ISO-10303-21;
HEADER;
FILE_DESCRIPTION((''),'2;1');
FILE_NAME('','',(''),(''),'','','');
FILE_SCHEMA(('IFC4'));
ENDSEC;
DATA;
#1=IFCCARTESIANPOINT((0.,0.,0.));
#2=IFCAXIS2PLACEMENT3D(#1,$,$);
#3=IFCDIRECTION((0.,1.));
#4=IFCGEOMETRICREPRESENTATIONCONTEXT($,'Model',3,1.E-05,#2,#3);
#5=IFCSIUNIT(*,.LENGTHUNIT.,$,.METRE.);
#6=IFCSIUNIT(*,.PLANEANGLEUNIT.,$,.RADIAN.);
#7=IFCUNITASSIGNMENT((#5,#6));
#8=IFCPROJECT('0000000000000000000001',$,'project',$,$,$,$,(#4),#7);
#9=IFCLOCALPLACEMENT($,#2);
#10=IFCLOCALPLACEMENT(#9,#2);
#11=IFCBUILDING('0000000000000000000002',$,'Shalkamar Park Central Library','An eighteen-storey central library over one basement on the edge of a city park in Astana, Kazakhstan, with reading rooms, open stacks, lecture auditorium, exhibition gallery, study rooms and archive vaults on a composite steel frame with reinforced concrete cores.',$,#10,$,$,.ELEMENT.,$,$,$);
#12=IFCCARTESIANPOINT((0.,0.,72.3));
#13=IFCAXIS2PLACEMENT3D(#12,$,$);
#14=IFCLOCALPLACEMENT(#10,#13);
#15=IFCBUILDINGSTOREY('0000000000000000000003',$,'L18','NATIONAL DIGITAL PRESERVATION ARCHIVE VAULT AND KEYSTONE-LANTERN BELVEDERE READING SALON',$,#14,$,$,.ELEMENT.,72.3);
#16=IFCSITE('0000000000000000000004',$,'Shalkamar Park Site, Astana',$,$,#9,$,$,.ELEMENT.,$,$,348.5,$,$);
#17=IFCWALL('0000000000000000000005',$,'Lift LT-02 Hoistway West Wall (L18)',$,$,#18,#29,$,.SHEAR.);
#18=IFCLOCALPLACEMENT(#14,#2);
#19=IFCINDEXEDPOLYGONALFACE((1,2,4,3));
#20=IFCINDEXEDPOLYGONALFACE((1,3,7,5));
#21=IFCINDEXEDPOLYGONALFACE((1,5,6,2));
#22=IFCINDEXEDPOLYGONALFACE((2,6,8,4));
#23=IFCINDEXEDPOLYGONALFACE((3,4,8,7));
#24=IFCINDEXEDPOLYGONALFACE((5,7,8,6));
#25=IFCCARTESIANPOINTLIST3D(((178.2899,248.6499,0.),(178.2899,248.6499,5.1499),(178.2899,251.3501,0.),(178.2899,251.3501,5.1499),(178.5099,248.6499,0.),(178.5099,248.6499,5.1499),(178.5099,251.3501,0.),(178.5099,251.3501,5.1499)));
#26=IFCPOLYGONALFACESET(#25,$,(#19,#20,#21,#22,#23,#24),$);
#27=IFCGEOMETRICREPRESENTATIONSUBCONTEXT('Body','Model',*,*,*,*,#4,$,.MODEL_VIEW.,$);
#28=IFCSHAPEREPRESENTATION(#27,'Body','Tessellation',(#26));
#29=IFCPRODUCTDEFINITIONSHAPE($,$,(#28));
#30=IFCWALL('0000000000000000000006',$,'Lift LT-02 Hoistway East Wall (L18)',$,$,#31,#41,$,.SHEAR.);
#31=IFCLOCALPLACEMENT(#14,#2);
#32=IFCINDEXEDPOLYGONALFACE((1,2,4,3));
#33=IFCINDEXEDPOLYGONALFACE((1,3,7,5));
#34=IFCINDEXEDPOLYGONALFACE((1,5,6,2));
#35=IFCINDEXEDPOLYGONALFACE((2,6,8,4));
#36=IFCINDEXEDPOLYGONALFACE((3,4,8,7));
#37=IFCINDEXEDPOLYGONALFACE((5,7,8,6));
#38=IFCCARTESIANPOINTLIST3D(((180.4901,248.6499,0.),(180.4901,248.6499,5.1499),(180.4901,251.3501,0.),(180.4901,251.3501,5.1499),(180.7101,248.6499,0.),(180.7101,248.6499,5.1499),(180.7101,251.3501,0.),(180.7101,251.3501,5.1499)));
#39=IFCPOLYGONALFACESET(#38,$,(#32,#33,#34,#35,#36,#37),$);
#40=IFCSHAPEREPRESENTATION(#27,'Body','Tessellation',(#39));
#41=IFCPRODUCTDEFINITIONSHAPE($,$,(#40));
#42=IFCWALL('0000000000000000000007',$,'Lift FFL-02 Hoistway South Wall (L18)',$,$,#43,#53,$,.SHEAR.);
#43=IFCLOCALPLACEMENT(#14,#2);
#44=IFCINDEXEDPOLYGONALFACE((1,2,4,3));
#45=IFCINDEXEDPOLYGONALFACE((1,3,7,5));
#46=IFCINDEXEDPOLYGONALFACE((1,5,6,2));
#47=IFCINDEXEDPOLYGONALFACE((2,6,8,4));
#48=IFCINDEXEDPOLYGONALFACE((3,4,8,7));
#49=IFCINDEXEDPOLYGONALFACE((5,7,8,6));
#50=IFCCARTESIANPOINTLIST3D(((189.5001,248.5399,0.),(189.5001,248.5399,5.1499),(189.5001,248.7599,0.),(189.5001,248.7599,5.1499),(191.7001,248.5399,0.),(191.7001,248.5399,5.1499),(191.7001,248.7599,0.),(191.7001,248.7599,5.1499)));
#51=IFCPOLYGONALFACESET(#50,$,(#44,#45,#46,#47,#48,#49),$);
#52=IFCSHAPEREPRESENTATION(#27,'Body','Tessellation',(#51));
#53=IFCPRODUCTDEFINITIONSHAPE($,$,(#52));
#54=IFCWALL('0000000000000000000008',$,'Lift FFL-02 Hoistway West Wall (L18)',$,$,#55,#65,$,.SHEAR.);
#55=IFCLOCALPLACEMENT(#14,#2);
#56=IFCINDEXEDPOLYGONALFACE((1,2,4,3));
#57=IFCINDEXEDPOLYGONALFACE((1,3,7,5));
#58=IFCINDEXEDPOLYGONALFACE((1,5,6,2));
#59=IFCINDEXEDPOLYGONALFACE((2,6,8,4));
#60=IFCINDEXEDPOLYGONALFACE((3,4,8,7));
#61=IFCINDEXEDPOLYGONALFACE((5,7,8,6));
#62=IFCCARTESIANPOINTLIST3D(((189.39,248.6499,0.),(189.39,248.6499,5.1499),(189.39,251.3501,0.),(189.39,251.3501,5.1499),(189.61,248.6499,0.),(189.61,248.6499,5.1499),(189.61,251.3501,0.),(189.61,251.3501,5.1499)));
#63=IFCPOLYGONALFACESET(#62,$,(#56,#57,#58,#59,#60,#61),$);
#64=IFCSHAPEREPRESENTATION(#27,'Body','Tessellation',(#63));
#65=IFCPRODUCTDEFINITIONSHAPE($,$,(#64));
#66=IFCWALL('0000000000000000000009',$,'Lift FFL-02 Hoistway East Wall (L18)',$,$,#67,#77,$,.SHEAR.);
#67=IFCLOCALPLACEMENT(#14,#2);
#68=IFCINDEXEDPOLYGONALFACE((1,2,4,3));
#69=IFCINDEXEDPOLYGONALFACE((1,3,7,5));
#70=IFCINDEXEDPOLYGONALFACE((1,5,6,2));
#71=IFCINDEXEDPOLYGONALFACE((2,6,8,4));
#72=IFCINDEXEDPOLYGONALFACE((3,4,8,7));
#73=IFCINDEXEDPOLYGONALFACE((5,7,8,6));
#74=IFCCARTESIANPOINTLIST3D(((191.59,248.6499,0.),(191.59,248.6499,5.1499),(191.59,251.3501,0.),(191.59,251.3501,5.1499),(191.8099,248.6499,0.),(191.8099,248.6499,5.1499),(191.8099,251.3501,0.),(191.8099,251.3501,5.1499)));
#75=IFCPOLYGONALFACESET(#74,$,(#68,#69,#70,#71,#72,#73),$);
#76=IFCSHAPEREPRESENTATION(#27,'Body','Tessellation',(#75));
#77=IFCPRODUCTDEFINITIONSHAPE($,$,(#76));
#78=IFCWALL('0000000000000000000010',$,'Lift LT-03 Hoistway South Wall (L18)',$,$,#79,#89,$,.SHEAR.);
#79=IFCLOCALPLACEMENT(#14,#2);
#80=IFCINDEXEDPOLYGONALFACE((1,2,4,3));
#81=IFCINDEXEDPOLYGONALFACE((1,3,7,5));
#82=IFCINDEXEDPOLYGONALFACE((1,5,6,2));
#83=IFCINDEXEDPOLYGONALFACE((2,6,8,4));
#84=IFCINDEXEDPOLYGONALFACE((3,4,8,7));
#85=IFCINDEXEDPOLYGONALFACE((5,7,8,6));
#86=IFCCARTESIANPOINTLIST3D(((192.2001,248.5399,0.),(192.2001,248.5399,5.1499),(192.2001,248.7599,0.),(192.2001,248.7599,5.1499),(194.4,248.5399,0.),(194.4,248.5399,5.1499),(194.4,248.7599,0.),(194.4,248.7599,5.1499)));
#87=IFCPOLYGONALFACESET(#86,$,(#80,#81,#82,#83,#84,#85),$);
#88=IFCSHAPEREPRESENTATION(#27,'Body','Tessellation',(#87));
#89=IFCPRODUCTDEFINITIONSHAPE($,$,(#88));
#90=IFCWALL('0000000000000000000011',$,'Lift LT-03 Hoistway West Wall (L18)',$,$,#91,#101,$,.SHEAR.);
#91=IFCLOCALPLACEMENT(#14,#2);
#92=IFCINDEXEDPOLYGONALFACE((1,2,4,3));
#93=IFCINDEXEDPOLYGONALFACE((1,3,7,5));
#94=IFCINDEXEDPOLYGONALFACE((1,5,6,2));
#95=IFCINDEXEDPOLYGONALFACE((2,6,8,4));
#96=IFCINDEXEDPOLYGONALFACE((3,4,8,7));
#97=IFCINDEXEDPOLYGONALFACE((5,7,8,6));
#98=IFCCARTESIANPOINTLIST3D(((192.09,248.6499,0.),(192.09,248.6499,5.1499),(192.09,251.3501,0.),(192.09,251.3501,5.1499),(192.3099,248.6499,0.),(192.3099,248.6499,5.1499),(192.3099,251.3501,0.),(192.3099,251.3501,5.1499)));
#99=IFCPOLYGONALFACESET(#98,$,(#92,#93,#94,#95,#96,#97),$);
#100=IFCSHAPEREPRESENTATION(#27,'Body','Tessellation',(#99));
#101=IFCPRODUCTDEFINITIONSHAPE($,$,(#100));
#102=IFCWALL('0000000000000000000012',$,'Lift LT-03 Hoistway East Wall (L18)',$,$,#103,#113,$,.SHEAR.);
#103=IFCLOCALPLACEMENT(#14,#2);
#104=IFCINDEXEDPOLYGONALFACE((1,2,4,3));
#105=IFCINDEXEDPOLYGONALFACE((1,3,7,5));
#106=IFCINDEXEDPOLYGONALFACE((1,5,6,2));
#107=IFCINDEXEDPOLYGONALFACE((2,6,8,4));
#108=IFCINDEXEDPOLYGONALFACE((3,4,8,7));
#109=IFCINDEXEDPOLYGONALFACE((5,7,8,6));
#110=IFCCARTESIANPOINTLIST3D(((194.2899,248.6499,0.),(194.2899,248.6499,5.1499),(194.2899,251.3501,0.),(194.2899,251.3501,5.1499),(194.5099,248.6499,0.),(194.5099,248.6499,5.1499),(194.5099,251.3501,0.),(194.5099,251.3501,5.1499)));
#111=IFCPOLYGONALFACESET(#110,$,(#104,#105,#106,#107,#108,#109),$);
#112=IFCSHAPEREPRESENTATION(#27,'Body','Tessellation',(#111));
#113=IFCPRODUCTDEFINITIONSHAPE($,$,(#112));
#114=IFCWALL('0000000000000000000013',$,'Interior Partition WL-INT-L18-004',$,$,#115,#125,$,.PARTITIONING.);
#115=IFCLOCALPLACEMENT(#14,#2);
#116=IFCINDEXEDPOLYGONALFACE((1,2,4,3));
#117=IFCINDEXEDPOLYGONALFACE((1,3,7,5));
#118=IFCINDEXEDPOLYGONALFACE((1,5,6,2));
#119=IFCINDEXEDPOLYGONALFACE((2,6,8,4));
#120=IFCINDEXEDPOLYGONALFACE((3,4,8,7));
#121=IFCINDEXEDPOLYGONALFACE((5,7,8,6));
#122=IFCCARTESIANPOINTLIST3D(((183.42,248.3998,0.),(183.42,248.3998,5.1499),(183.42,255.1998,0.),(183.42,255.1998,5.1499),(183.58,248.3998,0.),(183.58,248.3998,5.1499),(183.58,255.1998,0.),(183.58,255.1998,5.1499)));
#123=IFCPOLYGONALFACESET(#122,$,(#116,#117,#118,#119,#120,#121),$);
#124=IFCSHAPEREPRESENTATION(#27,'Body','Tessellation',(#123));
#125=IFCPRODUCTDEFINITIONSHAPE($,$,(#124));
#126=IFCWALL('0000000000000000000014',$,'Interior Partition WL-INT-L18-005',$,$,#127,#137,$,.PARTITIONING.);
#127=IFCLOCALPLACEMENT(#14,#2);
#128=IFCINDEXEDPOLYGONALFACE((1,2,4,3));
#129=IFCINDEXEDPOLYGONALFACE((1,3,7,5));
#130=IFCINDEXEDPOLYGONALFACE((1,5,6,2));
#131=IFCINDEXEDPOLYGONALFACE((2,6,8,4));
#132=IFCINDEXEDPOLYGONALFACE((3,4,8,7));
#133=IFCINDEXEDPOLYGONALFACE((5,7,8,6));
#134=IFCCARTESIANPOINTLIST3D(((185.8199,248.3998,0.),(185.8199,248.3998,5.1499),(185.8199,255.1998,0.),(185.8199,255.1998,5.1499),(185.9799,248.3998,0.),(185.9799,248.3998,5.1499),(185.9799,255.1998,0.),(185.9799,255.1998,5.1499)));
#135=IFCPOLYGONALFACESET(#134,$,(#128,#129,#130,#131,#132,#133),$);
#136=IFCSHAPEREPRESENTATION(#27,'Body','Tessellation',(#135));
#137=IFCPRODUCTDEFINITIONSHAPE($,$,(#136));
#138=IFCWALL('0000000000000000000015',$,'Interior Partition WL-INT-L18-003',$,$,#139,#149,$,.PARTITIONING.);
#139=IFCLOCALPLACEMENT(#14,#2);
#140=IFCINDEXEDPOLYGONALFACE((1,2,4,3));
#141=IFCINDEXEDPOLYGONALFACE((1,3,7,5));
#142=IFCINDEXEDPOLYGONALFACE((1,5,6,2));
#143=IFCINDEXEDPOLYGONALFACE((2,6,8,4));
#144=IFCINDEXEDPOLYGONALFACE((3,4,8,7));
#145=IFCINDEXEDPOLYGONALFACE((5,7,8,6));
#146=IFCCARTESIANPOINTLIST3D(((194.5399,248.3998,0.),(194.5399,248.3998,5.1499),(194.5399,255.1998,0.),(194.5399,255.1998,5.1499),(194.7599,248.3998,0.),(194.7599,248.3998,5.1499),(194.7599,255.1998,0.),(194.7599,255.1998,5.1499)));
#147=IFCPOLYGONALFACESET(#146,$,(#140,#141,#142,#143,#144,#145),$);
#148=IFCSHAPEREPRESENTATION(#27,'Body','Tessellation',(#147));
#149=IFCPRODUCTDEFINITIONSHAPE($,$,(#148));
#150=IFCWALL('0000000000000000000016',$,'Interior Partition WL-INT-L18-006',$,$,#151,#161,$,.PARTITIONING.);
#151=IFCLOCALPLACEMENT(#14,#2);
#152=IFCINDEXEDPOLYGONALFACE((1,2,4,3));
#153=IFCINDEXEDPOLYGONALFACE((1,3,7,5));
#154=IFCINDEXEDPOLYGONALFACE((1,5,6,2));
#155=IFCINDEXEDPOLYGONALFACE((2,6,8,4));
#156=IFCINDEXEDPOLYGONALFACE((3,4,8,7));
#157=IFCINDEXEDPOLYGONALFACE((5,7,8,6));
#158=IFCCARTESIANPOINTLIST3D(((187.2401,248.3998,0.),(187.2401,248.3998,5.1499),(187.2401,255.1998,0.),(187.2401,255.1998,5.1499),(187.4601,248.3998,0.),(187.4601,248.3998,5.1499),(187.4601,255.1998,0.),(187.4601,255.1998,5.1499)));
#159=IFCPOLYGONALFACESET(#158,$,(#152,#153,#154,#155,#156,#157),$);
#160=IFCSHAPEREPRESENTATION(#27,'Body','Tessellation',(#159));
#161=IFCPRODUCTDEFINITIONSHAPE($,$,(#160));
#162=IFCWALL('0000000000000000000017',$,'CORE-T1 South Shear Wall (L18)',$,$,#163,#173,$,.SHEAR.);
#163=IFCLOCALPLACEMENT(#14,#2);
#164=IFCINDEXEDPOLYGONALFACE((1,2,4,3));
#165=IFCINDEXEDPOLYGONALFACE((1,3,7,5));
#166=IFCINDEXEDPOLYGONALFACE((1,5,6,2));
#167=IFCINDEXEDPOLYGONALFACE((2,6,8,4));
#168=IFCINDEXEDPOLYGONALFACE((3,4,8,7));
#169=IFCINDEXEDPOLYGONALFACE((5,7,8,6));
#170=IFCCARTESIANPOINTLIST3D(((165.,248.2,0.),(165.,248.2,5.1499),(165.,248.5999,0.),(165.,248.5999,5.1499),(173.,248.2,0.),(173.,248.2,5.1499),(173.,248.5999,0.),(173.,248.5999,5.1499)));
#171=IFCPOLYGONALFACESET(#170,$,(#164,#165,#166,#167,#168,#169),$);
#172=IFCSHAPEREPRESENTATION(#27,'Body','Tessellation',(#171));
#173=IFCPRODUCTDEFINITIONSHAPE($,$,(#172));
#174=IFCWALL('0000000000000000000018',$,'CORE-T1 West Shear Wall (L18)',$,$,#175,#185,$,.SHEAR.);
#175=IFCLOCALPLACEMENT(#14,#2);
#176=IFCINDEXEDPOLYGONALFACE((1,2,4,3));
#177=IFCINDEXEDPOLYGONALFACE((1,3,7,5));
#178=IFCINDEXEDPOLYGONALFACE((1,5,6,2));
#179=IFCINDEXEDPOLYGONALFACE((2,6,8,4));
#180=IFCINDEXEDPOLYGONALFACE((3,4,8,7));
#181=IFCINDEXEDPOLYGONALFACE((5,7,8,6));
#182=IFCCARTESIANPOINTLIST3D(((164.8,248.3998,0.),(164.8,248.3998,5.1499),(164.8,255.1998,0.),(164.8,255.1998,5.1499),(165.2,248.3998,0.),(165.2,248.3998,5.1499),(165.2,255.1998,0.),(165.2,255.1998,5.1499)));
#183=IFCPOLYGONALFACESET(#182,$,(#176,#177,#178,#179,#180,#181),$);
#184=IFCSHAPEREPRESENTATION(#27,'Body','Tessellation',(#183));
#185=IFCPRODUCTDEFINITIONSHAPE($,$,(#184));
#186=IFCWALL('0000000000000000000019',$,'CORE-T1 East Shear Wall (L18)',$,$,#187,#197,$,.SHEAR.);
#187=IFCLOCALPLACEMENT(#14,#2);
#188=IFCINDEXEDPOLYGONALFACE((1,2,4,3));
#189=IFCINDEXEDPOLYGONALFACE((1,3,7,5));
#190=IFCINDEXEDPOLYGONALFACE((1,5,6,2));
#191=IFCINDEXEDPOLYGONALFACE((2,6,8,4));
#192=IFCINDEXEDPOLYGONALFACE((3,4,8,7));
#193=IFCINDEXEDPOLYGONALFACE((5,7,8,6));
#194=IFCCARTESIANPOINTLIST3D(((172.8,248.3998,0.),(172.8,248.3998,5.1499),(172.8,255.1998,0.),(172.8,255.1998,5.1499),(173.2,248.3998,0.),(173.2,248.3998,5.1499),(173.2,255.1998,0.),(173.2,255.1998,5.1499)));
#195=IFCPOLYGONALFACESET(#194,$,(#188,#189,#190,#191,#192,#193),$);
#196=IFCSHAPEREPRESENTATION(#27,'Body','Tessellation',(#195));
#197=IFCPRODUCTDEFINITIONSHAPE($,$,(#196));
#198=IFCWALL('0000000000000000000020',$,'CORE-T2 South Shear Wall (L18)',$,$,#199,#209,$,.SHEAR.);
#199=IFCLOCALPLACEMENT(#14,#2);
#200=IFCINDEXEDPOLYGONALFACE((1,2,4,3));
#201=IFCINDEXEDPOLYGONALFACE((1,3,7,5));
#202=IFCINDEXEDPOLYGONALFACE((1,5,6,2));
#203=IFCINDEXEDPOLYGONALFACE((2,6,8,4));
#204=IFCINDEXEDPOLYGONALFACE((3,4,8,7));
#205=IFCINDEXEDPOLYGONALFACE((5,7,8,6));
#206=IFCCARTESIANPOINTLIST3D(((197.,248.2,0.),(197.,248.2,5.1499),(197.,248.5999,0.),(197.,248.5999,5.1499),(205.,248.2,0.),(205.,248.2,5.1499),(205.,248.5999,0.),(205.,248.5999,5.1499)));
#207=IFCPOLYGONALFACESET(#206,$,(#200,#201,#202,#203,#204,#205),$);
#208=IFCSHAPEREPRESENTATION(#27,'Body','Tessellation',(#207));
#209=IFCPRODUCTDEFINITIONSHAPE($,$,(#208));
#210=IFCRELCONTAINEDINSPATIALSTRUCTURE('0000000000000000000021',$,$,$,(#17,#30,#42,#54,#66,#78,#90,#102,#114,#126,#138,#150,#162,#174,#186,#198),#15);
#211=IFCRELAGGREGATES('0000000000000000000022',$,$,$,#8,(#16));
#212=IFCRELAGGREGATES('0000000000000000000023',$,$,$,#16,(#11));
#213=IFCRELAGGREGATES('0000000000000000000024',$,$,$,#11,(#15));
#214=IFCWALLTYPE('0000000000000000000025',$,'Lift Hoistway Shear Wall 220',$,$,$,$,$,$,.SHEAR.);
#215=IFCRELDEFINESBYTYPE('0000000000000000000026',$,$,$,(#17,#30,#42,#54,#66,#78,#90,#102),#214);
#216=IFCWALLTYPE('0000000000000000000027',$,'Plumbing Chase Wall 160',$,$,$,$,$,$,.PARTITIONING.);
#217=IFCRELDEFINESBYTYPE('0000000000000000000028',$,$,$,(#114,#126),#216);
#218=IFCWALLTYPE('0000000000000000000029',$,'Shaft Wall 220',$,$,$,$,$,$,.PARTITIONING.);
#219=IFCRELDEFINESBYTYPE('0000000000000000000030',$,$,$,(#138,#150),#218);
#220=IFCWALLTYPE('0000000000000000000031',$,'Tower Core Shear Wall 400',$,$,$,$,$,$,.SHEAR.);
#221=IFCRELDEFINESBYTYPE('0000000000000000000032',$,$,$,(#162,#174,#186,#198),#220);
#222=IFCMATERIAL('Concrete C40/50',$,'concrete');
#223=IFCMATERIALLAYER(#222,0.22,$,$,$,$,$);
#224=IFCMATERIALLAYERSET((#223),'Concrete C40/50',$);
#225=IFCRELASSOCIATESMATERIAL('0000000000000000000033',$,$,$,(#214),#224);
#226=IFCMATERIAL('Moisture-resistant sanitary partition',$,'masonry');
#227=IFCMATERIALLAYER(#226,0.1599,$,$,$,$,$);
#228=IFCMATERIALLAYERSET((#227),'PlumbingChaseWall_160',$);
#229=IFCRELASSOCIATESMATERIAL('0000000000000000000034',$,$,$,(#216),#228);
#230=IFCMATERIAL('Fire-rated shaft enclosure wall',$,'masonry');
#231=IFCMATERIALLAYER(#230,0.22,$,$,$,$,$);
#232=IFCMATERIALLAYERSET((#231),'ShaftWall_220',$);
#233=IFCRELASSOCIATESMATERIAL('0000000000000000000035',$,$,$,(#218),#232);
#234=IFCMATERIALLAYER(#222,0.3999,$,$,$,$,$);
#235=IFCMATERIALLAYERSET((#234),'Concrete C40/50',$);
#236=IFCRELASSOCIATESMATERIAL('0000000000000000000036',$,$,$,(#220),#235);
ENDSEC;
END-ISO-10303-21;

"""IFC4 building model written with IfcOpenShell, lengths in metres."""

from ifc_helpers import new_model, si_unit, direction, frame, frame_2d, origin, place, context, subcontext, project, spatial, rectangle, extrude, material, layer, layer_set, type_object, element, save


model = new_model("IFC4")

# Units and contexts
model_context = context("Model", 3, precision=1e-05, world=origin(), true_north=direction((0.0, 1.0)))
body_context = subcontext(model_context, "Body", "Model", "MODEL_VIEW")
ifc_project = project(units=[si_unit("LENGTHUNIT", "METRE"), si_unit("PLANEANGLEUNIT", "RADIAN")], contexts=[model_context])

# Site, building, storey
site_placement = place(None, origin())
site = spatial("IfcSite", under=ifc_project, at=site_placement, Name="Shalkamar Park Site, Astana", CompositionType="ELEMENT", RefElevation=348.5)
building_placement = place(site_placement, origin())
building = spatial("IfcBuilding", under=site, at=building_placement, Name="Shalkamar Park Central Library", Description="An eighteen-storey central library over one basement on the edge of a city park in Astana, Kazakhstan, with reading rooms, open stacks, lecture auditorium, exhibition gallery, study rooms and archive vaults on a composite steel frame with reinforced concrete cores.", CompositionType="ELEMENT")
storey_placement = place(building_placement, frame((0.0, 0.0, 72.3)))
storey = spatial("IfcBuildingStorey", under=building, at=storey_placement, Name="L18", Description="NATIONAL DIGITAL PRESERVATION ARCHIVE VAULT AND KEYSTONE-LANTERN BELVEDERE READING SALON", CompositionType="ELEMENT", Elevation=72.3)

# Walls
ifc_material_1 = material(Name="Concrete C40/50", Category="concrete")
ifc_layer_1 = layer(ifc_material_1, 0.22)
ifc_layer_set_1 = layer_set([ifc_layer_1], Name="Concrete C40/50")
wall_type_1 = type_object("IfcWallType", Name="Lift Hoistway Shear Wall 220", PredefinedType="SHEAR", material=ifc_layer_set_1)
for number, where, z_axis, x_axis, name in (
    (1, (178.3999, 248.6499, 0.0), (0.0, 0.0, 1.0), (0.0, 1.0, 0.0), "Lift LT-02 Hoistway West Wall (L18)"),
    (2, (180.6001, 248.6499, 0.0), (0.0, 0.0, 1.0), (0.0, 1.0, 0.0), "Lift LT-02 Hoistway East Wall (L18)"),
):
    element("IfcWall", number, at=place(storey_placement, frame(where, z_axis=z_axis, x_axis=x_axis)), inside=storey, type_object=wall_type_1, Name=name, PredefinedType="SHEAR", context=body_context, shape_type="SweptSolid", body=[
        extrude(rectangle(XDim=2.7002, YDim=0.22, at=frame_2d((1.3501, 0.0))), origin(), (0.0, 0.0, 1.0), 5.1499),
    ])
wall_1_placement = place(storey_placement, frame((189.5, 248.6499, 0.0), z_axis=(0.0, 0.0, 1.0), x_axis=(1.0, 0.0, 0.0)))
element("IfcWall", 3, at=wall_1_placement, inside=storey, type_object=wall_type_1, Name="Lift FFL-02 Hoistway South Wall (L18)", PredefinedType="SHEAR", context=body_context, shape_type="SweptSolid", body=[
    extrude(rectangle(XDim=2.2, YDim=0.22, at=frame_2d((1.1001, 0.0))), origin(), (0.0, 0.0, 1.0), 5.1499),
])
for number, where, z_axis, x_axis, name in (
    (4, (189.5, 248.6499, 0.0), (0.0, 0.0, 1.0), (0.0, 1.0, 0.0), "Lift FFL-02 Hoistway West Wall (L18)"),
    (5, (191.7, 248.6499, 0.0), (0.0, 0.0, 1.0), (0.0, 1.0, 0.0), "Lift FFL-02 Hoistway East Wall (L18)"),
):
    element("IfcWall", number, at=place(storey_placement, frame(where, z_axis=z_axis, x_axis=x_axis)), inside=storey, type_object=wall_type_1, Name=name, PredefinedType="SHEAR", context=body_context, shape_type="SweptSolid", body=[
        extrude(rectangle(XDim=2.7002, YDim=0.22, at=frame_2d((1.3501, 0.0))), origin(), (0.0, 0.0, 1.0), 5.1499),
    ])
wall_2_placement = place(storey_placement, frame((192.2, 248.6499, 0.0), z_axis=(0.0, 0.0, 1.0), x_axis=(1.0, 0.0, 0.0)))
element("IfcWall", 6, at=wall_2_placement, inside=storey, type_object=wall_type_1, Name="Lift LT-03 Hoistway South Wall (L18)", PredefinedType="SHEAR", context=body_context, shape_type="SweptSolid", body=[
    extrude(rectangle(XDim=2.2, YDim=0.22, at=frame_2d((1.1001, 0.0))), origin(), (0.0, 0.0, 1.0), 5.1499),
])
for number, where, z_axis, x_axis, name in (
    (7, (192.2, 248.6499, 0.0), (0.0, 0.0, 1.0), (0.0, 1.0, 0.0), "Lift LT-03 Hoistway West Wall (L18)"),
    (8, (194.3999, 248.6499, 0.0), (0.0, 0.0, 1.0), (0.0, 1.0, 0.0), "Lift LT-03 Hoistway East Wall (L18)"),
):
    element("IfcWall", number, at=place(storey_placement, frame(where, z_axis=z_axis, x_axis=x_axis)), inside=storey, type_object=wall_type_1, Name=name, PredefinedType="SHEAR", context=body_context, shape_type="SweptSolid", body=[
        extrude(rectangle(XDim=2.7002, YDim=0.22, at=frame_2d((1.3501, 0.0))), origin(), (0.0, 0.0, 1.0), 5.1499),
    ])
ifc_material_2 = material(Name="Moisture-resistant sanitary partition", Category="masonry")
ifc_layer_2 = layer(ifc_material_2, 0.1599)
ifc_layer_set_2 = layer_set([ifc_layer_2], Name="PlumbingChaseWall_160")
wall_type_2 = type_object("IfcWallType", Name="Plumbing Chase Wall 160", PredefinedType="PARTITIONING", material=ifc_layer_set_2)
for number, where, z_axis, x_axis, name in (
    (9, (183.5, 248.3999, 0.0), (0.0, 0.0, 1.0), (0.0, 1.0, 0.0), "Interior Partition WL-INT-L18-004"),
    (10, (185.8999, 248.3999, 0.0), (0.0, 0.0, 1.0), (0.0, 1.0, 0.0), "Interior Partition WL-INT-L18-005"),
):
    element("IfcWall", number, at=place(storey_placement, frame(where, z_axis=z_axis, x_axis=x_axis)), inside=storey, type_object=wall_type_2, Name=name, PredefinedType="PARTITIONING", context=body_context, shape_type="SweptSolid", body=[
        extrude(rectangle(XDim=6.8, YDim=0.1599, at=frame_2d((3.3999, 0.0))), origin(), (0.0, 0.0, 1.0), 5.1499),
    ])
ifc_material_3 = material(Name="Fire-rated shaft enclosure wall", Category="masonry")
ifc_layer_3 = layer(ifc_material_3, 0.22)
ifc_layer_set_3 = layer_set([ifc_layer_3], Name="ShaftWall_220")
wall_type_3 = type_object("IfcWallType", Name="Shaft Wall 220", PredefinedType="PARTITIONING", material=ifc_layer_set_3)
for number, where, z_axis, x_axis, name in (
    (11, (194.6499, 248.3999, 0.0), (0.0, 0.0, 1.0), (0.0, 1.0, 0.0), "Interior Partition WL-INT-L18-003"),
    (12, (187.3501, 248.3999, 0.0), (0.0, 0.0, 1.0), (0.0, 1.0, 0.0), "Interior Partition WL-INT-L18-006"),
):
    element("IfcWall", number, at=place(storey_placement, frame(where, z_axis=z_axis, x_axis=x_axis)), inside=storey, type_object=wall_type_3, Name=name, PredefinedType="PARTITIONING", context=body_context, shape_type="SweptSolid", body=[
        extrude(rectangle(XDim=6.8, YDim=0.22, at=frame_2d((3.3999, 0.0))), origin(), (0.0, 0.0, 1.0), 5.1499),
    ])
ifc_layer_4 = layer(ifc_material_1, 0.3999)
ifc_layer_set_4 = layer_set([ifc_layer_4], Name="Concrete C40/50")
wall_type_4 = type_object("IfcWallType", Name="Tower Core Shear Wall 400", PredefinedType="SHEAR", material=ifc_layer_set_4)
wall_3_placement = place(storey_placement, frame((165.0, 248.3999, 0.0), z_axis=(0.0, 0.0, 1.0), x_axis=(1.0, 0.0, 0.0)))
element("IfcWall", 13, at=wall_3_placement, inside=storey, type_object=wall_type_4, Name="CORE-T1 South Shear Wall (L18)", PredefinedType="SHEAR", context=body_context, shape_type="SweptSolid", body=[
    extrude(rectangle(XDim=8.0, YDim=0.3999, at=frame_2d((4.0, 0.0))), origin(), (0.0, 0.0, 1.0), 5.1499),
])
for number, where, z_axis, x_axis, name in (
    (14, (165.0, 248.3999, 0.0), (0.0, 0.0, 1.0), (0.0, 1.0, 0.0), "CORE-T1 West Shear Wall (L18)"),
    (15, (173.0, 248.3999, 0.0), (0.0, 0.0, 1.0), (0.0, 1.0, 0.0), "CORE-T1 East Shear Wall (L18)"),
):
    element("IfcWall", number, at=place(storey_placement, frame(where, z_axis=z_axis, x_axis=x_axis)), inside=storey, type_object=wall_type_4, Name=name, PredefinedType="SHEAR", context=body_context, shape_type="SweptSolid", body=[
        extrude(rectangle(XDim=6.8, YDim=0.3999, at=frame_2d((3.3999, 0.0))), origin(), (0.0, 0.0, 1.0), 5.1499),
    ])
wall_4_placement = place(storey_placement, frame((197.0, 248.3999, 0.0), z_axis=(0.0, 0.0, 1.0), x_axis=(1.0, 0.0, 0.0)))
element("IfcWall", 16, at=wall_4_placement, inside=storey, type_object=wall_type_4, Name="CORE-T2 South Shear Wall (L18)", PredefinedType="SHEAR", context=body_context, shape_type="SweptSolid", body=[
    extrude(rectangle(XDim=8.0, YDim=0.3999, at=frame_2d((4.0, 0.0))), origin(), (0.0, 0.0, 1.0), 5.1499),
])

save(model, "model.ifc")
